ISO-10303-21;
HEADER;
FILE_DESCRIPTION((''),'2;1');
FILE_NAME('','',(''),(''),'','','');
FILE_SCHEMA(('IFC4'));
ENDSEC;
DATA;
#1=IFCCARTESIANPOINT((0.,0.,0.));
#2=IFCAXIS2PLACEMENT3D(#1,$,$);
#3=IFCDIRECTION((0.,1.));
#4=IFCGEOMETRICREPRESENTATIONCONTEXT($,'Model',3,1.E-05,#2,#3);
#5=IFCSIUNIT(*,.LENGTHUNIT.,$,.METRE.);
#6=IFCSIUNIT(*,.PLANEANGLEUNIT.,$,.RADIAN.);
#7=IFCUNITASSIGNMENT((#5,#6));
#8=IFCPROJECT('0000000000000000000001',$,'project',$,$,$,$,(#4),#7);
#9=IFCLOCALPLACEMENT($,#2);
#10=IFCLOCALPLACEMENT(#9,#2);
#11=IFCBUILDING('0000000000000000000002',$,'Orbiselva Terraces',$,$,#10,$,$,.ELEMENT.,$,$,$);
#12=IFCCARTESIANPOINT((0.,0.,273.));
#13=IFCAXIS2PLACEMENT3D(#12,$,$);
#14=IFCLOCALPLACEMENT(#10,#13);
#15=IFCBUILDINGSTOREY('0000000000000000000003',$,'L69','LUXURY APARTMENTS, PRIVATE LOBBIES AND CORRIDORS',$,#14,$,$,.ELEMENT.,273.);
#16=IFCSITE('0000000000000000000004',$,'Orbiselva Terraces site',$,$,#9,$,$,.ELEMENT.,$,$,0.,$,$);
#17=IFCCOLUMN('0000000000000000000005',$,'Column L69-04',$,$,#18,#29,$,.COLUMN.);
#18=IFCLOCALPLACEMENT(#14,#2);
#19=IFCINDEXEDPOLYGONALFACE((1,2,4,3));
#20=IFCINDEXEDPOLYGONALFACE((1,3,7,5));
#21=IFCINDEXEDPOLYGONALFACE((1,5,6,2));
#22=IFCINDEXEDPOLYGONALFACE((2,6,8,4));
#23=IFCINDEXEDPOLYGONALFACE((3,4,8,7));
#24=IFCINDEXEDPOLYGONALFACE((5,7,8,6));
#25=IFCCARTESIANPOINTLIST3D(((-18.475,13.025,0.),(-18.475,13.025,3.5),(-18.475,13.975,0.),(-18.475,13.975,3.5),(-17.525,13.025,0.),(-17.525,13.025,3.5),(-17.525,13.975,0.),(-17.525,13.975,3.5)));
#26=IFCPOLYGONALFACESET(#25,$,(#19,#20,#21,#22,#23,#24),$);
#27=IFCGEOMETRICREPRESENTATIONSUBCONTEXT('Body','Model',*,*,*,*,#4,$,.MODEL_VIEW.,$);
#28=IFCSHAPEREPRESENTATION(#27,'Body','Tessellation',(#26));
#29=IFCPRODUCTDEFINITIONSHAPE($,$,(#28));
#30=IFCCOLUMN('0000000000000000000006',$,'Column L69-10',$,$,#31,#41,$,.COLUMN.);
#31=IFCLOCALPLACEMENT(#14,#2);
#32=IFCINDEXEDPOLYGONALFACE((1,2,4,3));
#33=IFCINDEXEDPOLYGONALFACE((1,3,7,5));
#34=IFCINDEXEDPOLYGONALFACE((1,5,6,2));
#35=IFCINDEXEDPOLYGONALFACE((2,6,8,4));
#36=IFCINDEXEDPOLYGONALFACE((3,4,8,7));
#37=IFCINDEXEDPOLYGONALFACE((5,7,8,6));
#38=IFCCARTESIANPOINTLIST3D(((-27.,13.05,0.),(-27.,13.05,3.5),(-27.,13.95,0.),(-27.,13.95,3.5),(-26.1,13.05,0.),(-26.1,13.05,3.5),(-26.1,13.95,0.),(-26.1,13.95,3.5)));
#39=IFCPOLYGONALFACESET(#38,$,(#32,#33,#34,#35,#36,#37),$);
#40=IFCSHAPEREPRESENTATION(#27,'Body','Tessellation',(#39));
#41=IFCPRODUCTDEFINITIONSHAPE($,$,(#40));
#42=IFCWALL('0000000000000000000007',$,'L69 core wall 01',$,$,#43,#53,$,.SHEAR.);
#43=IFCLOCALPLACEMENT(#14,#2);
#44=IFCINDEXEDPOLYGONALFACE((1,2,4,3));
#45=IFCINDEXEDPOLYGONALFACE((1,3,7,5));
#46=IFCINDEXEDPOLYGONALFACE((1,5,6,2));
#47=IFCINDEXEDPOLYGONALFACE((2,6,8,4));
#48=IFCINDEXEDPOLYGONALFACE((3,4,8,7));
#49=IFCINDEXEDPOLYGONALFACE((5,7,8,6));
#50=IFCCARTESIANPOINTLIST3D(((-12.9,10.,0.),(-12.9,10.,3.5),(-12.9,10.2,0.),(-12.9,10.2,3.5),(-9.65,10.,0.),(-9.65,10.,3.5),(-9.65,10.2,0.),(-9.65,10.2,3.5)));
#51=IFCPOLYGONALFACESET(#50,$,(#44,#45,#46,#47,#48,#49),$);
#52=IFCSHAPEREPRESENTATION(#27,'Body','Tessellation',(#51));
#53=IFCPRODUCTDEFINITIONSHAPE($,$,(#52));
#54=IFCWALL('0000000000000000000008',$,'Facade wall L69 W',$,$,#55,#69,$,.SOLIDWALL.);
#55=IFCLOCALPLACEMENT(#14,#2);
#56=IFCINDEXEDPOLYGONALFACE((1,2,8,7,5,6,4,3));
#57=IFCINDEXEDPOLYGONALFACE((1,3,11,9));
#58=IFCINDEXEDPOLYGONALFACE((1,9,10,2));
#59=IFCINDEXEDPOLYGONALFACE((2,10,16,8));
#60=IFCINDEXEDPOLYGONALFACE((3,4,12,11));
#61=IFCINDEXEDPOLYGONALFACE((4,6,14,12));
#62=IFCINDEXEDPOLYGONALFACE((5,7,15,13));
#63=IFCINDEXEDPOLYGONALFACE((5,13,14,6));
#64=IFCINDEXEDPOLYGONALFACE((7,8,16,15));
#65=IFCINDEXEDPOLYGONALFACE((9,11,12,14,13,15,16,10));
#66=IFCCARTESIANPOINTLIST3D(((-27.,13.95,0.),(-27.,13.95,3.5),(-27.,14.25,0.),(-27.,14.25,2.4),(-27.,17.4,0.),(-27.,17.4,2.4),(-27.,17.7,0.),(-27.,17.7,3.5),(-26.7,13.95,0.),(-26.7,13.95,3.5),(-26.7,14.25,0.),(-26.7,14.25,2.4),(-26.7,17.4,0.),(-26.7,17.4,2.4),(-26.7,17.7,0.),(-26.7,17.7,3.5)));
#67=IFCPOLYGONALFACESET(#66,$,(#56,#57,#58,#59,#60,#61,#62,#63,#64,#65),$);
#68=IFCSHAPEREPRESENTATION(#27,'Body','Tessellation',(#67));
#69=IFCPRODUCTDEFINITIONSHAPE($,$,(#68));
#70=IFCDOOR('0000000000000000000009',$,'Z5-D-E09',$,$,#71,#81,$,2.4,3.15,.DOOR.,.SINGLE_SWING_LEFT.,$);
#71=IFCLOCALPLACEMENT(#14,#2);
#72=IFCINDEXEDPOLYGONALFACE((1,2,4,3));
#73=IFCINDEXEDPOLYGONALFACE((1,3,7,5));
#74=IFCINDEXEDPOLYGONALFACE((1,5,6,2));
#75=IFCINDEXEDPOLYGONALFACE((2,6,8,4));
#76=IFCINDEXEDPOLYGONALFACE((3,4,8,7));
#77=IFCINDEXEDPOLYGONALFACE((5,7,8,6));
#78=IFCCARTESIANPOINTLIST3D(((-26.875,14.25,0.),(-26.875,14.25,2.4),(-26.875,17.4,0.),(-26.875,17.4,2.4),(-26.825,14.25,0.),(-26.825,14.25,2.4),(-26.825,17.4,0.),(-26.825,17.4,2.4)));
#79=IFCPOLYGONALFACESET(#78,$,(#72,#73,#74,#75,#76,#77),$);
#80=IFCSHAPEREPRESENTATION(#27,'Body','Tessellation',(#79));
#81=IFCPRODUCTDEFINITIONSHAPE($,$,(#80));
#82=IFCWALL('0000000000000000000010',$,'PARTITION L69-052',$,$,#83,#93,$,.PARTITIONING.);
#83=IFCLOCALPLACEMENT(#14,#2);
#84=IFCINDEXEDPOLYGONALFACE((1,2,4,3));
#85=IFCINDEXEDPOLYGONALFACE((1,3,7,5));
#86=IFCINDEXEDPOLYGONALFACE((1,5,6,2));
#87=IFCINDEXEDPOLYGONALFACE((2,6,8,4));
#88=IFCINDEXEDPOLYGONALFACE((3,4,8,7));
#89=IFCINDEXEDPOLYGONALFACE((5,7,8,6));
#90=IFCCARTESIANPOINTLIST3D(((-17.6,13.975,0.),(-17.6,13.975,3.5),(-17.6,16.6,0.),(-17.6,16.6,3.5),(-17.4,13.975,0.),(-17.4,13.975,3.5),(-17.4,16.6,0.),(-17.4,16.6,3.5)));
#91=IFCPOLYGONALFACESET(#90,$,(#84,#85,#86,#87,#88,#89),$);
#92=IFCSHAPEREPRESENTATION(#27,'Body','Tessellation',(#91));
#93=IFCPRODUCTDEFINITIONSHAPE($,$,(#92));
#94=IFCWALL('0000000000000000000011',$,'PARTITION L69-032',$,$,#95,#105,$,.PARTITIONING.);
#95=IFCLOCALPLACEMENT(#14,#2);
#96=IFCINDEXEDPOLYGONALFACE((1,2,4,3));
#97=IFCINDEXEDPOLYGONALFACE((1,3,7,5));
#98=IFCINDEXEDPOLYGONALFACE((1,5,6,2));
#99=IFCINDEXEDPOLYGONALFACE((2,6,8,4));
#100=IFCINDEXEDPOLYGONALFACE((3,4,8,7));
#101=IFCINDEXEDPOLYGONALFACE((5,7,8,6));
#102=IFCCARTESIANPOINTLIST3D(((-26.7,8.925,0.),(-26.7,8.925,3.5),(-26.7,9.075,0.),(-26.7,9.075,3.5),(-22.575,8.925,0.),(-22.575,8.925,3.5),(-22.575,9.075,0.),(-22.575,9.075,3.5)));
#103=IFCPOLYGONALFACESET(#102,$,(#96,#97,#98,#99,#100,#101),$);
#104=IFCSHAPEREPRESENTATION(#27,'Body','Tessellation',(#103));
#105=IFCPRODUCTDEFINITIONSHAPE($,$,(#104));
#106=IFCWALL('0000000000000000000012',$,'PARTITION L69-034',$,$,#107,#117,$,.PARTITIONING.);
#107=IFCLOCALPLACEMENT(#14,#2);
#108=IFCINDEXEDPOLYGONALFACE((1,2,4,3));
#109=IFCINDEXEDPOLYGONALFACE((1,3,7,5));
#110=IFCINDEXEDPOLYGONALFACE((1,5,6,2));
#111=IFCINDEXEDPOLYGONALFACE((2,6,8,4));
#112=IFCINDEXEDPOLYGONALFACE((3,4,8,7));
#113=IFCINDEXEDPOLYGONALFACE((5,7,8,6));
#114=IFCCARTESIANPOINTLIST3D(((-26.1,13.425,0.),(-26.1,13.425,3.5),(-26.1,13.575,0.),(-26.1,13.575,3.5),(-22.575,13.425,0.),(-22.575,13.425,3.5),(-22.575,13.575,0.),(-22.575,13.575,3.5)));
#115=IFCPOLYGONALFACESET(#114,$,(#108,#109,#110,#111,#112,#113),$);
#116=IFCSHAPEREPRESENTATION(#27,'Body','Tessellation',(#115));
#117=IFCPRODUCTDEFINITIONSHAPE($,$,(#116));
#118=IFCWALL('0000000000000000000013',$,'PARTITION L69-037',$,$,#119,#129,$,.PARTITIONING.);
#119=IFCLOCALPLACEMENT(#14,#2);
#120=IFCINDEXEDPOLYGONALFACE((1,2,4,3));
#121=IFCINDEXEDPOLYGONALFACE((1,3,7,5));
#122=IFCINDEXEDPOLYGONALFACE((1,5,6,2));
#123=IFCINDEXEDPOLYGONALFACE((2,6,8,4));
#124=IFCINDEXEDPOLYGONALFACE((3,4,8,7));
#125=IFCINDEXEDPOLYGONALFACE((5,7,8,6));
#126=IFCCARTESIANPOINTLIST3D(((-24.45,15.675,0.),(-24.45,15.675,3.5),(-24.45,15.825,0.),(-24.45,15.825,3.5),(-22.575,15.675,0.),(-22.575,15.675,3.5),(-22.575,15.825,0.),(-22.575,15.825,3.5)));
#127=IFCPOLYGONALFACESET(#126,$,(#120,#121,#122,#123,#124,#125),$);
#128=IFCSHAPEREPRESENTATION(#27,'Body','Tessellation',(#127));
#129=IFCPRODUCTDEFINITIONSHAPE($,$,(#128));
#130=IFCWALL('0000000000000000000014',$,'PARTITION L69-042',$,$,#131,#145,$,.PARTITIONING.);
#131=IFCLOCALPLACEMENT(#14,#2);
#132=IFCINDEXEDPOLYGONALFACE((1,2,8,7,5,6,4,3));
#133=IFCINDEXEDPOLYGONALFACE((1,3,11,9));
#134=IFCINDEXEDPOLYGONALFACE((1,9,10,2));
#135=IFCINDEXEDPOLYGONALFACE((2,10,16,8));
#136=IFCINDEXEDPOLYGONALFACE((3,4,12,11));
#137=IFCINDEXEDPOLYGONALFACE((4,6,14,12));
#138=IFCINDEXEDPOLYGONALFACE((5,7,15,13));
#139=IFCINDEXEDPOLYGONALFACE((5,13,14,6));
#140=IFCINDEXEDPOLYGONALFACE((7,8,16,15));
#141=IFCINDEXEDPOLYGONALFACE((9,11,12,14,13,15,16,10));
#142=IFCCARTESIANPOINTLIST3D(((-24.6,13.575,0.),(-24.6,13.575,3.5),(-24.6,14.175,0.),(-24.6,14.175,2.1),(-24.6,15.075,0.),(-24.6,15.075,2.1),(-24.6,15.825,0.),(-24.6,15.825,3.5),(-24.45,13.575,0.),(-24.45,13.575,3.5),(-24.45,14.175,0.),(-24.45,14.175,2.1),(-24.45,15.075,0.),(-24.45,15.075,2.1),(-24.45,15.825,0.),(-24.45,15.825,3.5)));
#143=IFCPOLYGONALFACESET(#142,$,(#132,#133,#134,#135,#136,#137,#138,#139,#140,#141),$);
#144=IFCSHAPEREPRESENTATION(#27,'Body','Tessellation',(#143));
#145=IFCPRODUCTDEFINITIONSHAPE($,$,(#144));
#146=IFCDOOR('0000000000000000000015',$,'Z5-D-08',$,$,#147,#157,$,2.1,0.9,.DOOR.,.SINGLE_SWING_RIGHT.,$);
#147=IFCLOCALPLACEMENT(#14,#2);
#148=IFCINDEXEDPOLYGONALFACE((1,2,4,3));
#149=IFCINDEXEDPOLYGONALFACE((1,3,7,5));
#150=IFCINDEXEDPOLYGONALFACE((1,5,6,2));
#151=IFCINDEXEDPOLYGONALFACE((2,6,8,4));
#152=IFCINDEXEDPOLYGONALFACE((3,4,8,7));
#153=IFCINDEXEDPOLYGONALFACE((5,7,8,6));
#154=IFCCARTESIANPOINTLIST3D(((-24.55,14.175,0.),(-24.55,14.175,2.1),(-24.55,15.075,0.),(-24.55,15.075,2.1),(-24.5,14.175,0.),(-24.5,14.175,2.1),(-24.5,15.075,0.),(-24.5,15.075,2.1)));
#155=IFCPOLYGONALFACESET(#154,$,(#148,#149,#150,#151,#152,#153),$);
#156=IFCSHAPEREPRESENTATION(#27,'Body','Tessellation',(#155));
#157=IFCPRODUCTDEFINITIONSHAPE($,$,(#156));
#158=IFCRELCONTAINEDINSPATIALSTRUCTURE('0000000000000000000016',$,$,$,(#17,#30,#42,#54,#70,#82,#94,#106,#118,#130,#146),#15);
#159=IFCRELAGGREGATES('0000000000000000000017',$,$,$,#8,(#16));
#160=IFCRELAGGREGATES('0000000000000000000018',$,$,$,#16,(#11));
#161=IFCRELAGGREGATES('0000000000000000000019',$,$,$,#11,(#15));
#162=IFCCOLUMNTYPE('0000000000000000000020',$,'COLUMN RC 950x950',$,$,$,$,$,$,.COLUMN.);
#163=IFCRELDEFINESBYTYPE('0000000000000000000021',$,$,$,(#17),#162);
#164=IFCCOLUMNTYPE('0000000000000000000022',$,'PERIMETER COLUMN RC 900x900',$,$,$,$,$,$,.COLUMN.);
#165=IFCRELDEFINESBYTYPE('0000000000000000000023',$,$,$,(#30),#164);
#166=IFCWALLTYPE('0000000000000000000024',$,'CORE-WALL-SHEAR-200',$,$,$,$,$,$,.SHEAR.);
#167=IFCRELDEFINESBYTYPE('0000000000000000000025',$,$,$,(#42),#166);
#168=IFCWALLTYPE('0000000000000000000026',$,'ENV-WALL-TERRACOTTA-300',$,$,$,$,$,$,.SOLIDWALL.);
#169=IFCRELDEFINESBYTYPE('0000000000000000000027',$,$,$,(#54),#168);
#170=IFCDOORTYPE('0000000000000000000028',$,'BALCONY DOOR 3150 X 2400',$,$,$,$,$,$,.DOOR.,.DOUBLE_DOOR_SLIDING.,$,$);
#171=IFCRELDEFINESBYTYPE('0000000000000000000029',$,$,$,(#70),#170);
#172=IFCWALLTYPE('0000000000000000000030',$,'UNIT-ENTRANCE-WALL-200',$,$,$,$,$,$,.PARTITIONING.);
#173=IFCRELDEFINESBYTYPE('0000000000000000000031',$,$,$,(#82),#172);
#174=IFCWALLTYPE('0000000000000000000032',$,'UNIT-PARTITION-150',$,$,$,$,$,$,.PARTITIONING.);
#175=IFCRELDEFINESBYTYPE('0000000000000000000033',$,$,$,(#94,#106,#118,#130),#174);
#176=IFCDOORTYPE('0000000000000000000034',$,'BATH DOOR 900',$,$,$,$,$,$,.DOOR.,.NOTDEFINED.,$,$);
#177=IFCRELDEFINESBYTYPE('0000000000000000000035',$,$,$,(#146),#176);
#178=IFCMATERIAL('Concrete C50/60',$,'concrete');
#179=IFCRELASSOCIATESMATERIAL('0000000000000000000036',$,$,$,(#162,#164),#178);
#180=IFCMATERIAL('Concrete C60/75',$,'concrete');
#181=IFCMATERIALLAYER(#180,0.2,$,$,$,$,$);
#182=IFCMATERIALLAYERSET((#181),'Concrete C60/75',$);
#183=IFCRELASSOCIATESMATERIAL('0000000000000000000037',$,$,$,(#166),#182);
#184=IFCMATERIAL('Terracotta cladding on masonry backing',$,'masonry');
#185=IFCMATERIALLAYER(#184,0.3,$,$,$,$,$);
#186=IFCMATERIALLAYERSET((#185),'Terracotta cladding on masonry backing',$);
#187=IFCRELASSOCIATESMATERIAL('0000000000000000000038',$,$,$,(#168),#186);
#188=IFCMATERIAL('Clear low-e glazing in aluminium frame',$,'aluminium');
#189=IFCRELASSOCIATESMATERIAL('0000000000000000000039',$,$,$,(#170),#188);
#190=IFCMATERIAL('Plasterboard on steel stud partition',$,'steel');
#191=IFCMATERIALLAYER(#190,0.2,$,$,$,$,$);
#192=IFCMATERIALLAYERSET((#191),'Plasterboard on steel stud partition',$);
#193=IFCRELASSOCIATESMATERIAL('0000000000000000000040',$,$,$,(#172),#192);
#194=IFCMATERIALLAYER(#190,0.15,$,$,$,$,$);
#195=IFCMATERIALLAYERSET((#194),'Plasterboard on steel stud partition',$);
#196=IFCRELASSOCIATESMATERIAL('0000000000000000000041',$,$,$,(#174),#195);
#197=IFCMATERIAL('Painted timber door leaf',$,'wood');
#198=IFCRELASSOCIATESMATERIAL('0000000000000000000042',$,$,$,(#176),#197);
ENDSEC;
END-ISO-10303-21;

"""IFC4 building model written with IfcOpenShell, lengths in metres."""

from ifc_helpers import new_model, si_unit, direction, frame, frame_2d, origin, origin_2d, place, context, subcontext, project, spatial, rectangle, extrude, material, layer, layer_set, material_profile, profile_set, type_object, element, fill, save


model = new_model("IFC4")

# Units and contexts
model_context = context("Model", 3, precision=1e-05, world=origin(), true_north=direction((0.0, 1.0)))
body_context = subcontext(model_context, "Body", "Model", "MODEL_VIEW")
ifc_project = project(units=[si_unit("LENGTHUNIT", "METRE"), si_unit("PLANEANGLEUNIT", "RADIAN")], contexts=[model_context])

# Site, building, storey
site_placement = place(None, origin())
site = spatial("IfcSite", under=ifc_project, at=site_placement, Name="Orbiselva Terraces site", CompositionType="ELEMENT", RefElevation=0.0)
building_placement = place(site_placement, origin())
building = spatial("IfcBuilding", under=site, at=building_placement, Name="Orbiselva Terraces", CompositionType="ELEMENT")
storey_placement = place(building_placement, frame((0.0, 0.0, 273.0)))
storey = spatial("IfcBuildingStorey", under=building, at=storey_placement, Name="L69", Description="LUXURY APARTMENTS, PRIVATE LOBBIES AND CORRIDORS", CompositionType="ELEMENT", Elevation=273.0)

# Columns
ifc_material_1 = material(Name="Concrete C50/60", Category="concrete")
ifc_material_profile_1 = material_profile(ifc_material_1, rectangle(XDim=0.95, YDim=0.95, at=origin_2d()), Name="RC 950x950")
ifc_profile_set_1 = profile_set([ifc_material_profile_1], Name="Concrete C50/60")
column_type_1 = type_object("IfcColumnType", Name="COLUMN RC 950x950", PredefinedType="COLUMN", material=ifc_profile_set_1)
column_1_placement = place(storey_placement, frame((-18.0, 13.5, 0.0), z_axis=(0.0, 0.0, 1.0), x_axis=(1.0, 0.0, 0.0)))
element("IfcColumn", 1, at=column_1_placement, inside=storey, type_object=column_type_1, Name="Column L69-04", PredefinedType="COLUMN", context=body_context, shape_type="SweptSolid", body=[
    extrude(rectangle(XDim=0.95, YDim=0.95, at=origin_2d()), origin(), (0.0, 0.0, 1.0), 3.5),
])
ifc_material_profile_2 = material_profile(ifc_material_1, rectangle(XDim=0.9, YDim=0.9, at=origin_2d()), Name="RC 900x900")
ifc_profile_set_2 = profile_set([ifc_material_profile_2], Name="Concrete C50/60")
column_type_2 = type_object("IfcColumnType", Name="PERIMETER COLUMN RC 900x900", PredefinedType="COLUMN", material=ifc_profile_set_2)
column_2_placement = place(storey_placement, frame((-26.55, 13.5, 0.0), z_axis=(0.0, 0.0, 1.0), x_axis=(1.0, 0.0, 0.0)))
element("IfcColumn", 2, at=column_2_placement, inside=storey, type_object=column_type_2, Name="Column L69-10", PredefinedType="COLUMN", context=body_context, shape_type="SweptSolid", body=[
    extrude(rectangle(XDim=0.9, YDim=0.9, at=origin_2d()), origin(), (0.0, 0.0, 1.0), 3.5),
])

# Wall
ifc_material_2 = material(Name="Concrete C60/75", Category="concrete")
ifc_layer_1 = layer(ifc_material_2, 0.2)
ifc_layer_set_1 = layer_set([ifc_layer_1], Name="Concrete C60/75")
wall_type_1 = type_object("IfcWallType", Name="CORE-WALL-SHEAR-200", PredefinedType="SHEAR", material=ifc_layer_set_1)
wall_1_placement = place(storey_placement, frame((-12.9, 10.1, 0.0), z_axis=(0.0, 0.0, 1.0), x_axis=(1.0, 0.0, 0.0)))
element("IfcWall", 3, at=wall_1_placement, inside=storey, type_object=wall_type_1, Name="L69 core wall 01", PredefinedType="SHEAR", context=body_context, shape_type="SweptSolid", body=[
    extrude(rectangle(XDim=3.25, YDim=0.2, at=frame_2d((1.625, 0.0))), origin(), (0.0, 0.0, 1.0), 3.5),
])

# Wall, opening, door
ifc_material_3 = material(Name="Terracotta cladding on masonry backing", Category="masonry")
ifc_layer_2 = layer(ifc_material_3, 0.3)
ifc_layer_set_2 = layer_set([ifc_layer_2], Name="Terracotta cladding on masonry backing")
wall_type_2 = type_object("IfcWallType", Name="ENV-WALL-TERRACOTTA-300", PredefinedType="SOLIDWALL", material=ifc_layer_set_2)
wall_2_placement = place(storey_placement, frame((-26.85, 13.95, 0.0), z_axis=(0.0, 0.0, 1.0), x_axis=(0.0, 1.0, 0.0)))
wall_2 = element("IfcWall", 4, at=wall_2_placement, inside=storey, type_object=wall_type_2, Name="Facade wall L69 W", PredefinedType="SOLIDWALL", context=body_context, shape_type="SweptSolid", body=[
    extrude(rectangle(XDim=3.75, YDim=0.3, at=frame_2d((1.875, 0.0))), origin(), (0.0, 0.0, 1.0), 3.5),
])
opening_1_placement = place(wall_2_placement, frame((0.3, 0.0, 0.0)))
opening_1 = element("IfcOpeningElement", 5, at=opening_1_placement, cuts=wall_2, PredefinedType="OPENING", context=body_context, shape_type="SweptSolid", body=[
    extrude(rectangle(XDim=3.15, YDim=2.4, at=frame_2d((1.575, 1.2))), frame((0.0, 0.16, 0.0), z_axis=(0.0, -1.0, 0.0), x_axis=(1.0, 0.0, 0.0)), (0.0, 0.0, 1.0), 0.32),
])
ifc_material_4 = material(Name="Clear low-e glazing in aluminium frame", Category="aluminium")
door_type_1 = type_object("IfcDoorType", Name="BALCONY DOOR 3150 X 2400", OperationType="DOUBLE_DOOR_SLIDING", PredefinedType="DOOR", material=ifc_material_4)
door_1_placement = place(opening_1_placement, origin())
door_1 = element("IfcDoor", 6, at=door_1_placement, inside=storey, type_object=door_type_1, Name="Z5-D-E09", OperationType="SINGLE_SWING_LEFT", OverallHeight=2.4, OverallWidth=3.15, PredefinedType="DOOR", context=body_context, shape_type="SweptSolid", body=[
    extrude(rectangle(XDim=3.15, YDim=2.4, at=frame_2d((1.575, 1.2))), frame((0.0, 0.025, 0.0), z_axis=(0.0, -1.0, 0.0), x_axis=(1.0, 0.0, 0.0)), (0.0, 0.0, 1.0), 0.05),
])
fill(opening_1, door_1)

# Walls
ifc_material_5 = material(Name="Plasterboard on steel stud partition", Category="steel")
ifc_layer_3 = layer(ifc_material_5, 0.2)
ifc_layer_set_3 = layer_set([ifc_layer_3], Name="Plasterboard on steel stud partition")
wall_type_3 = type_object("IfcWallType", Name="UNIT-ENTRANCE-WALL-200", PredefinedType="PARTITIONING", material=ifc_layer_set_3)
wall_3_placement = place(storey_placement, frame((-17.5, 13.975, 0.0), z_axis=(0.0, 0.0, 1.0), x_axis=(0.0, 1.0, 0.0)))
element("IfcWall", 7, at=wall_3_placement, inside=storey, type_object=wall_type_3, Name="PARTITION L69-052", PredefinedType="PARTITIONING", context=body_context, shape_type="SweptSolid", body=[
    extrude(rectangle(XDim=2.625, YDim=0.2, at=frame_2d((1.3125, 0.0))), origin(), (0.0, 0.0, 1.0), 3.5),
])
ifc_layer_4 = layer(ifc_material_5, 0.15)
ifc_layer_set_4 = layer_set([ifc_layer_4], Name="Plasterboard on steel stud partition")
wall_type_4 = type_object("IfcWallType", Name="UNIT-PARTITION-150", PredefinedType="PARTITIONING", material=ifc_layer_set_4)
wall_4_placement = place(storey_placement, frame((-26.7, 9.0, 0.0), z_axis=(0.0, 0.0, 1.0), x_axis=(1.0, 0.0, 0.0)))
element("IfcWall", 8, at=wall_4_placement, inside=storey, type_object=wall_type_4, Name="PARTITION L69-032", PredefinedType="PARTITIONING", context=body_context, shape_type="SweptSolid", body=[
    extrude(rectangle(XDim=4.125, YDim=0.15, at=frame_2d((2.0625, 0.0))), origin(), (0.0, 0.0, 1.0), 3.5),
])
wall_5_placement = place(storey_placement, frame((-26.1, 13.5, 0.0), z_axis=(0.0, 0.0, 1.0), x_axis=(1.0, 0.0, 0.0)))
element("IfcWall", 9, at=wall_5_placement, inside=storey, type_object=wall_type_4, Name="PARTITION L69-034", PredefinedType="PARTITIONING", context=body_context, shape_type="SweptSolid", body=[
    extrude(rectangle(XDim=3.525, YDim=0.15, at=frame_2d((1.7625, 0.0))), origin(), (0.0, 0.0, 1.0), 3.5),
])
wall_6_placement = place(storey_placement, frame((-24.45, 15.75, 0.0), z_axis=(0.0, 0.0, 1.0), x_axis=(1.0, 0.0, 0.0)))
element("IfcWall", 10, at=wall_6_placement, inside=storey, type_object=wall_type_4, Name="PARTITION L69-037", PredefinedType="PARTITIONING", context=body_context, shape_type="SweptSolid", body=[
    extrude(rectangle(XDim=1.875, YDim=0.15, at=frame_2d((0.9375, 0.0))), origin(), (0.0, 0.0, 1.0), 3.5),
])

# Wall, opening, door
wall_7_placement = place(storey_placement, frame((-24.525, 15.825, 0.0), z_axis=(0.0, 0.0, 1.0), x_axis=(0.0, -1.0, 0.0)))
wall_7 = element("IfcWall", 11, at=wall_7_placement, inside=storey, type_object=wall_type_4, Name="PARTITION L69-042", PredefinedType="PARTITIONING", context=body_context, shape_type="SweptSolid", body=[
    extrude(rectangle(XDim=2.25, YDim=0.15, at=frame_2d((1.125, 0.0))), origin(), (0.0, 0.0, 1.0), 3.5),
])
opening_2_placement = place(wall_7_placement, frame((0.75, 0.0, 0.0)))
opening_2 = element("IfcOpeningElement", 12, at=opening_2_placement, cuts=wall_7, PredefinedType="OPENING", context=body_context, shape_type="SweptSolid", body=[
    extrude(rectangle(XDim=0.9, YDim=2.1, at=frame_2d((0.45, 1.05))), frame((0.0, 0.085, 0.0), z_axis=(0.0, -1.0, 0.0), x_axis=(1.0, 0.0, 0.0)), (0.0, 0.0, 1.0), 0.17),
])
ifc_material_6 = material(Name="Painted timber door leaf", Category="wood")
door_type_2 = type_object("IfcDoorType", Name="BATH DOOR 900", OperationType="NOTDEFINED", PredefinedType="DOOR", material=ifc_material_6)
door_2_placement = place(opening_2_placement, origin())
door_2 = element("IfcDoor", 13, at=door_2_placement, inside=storey, type_object=door_type_2, Name="Z5-D-08", OperationType="SINGLE_SWING_RIGHT", OverallHeight=2.1, OverallWidth=0.9, PredefinedType="DOOR", context=body_context, shape_type="SweptSolid", body=[
    extrude(rectangle(XDim=0.9, YDim=2.1, at=frame_2d((0.45, 1.05))), frame((0.0, 0.025, 0.0), z_axis=(0.0, -1.0, 0.0), x_axis=(1.0, 0.0, 0.0)), (0.0, 0.0, 1.0), 0.05),
])
fill(opening_2, door_2)

save(model, "model.ifc")
